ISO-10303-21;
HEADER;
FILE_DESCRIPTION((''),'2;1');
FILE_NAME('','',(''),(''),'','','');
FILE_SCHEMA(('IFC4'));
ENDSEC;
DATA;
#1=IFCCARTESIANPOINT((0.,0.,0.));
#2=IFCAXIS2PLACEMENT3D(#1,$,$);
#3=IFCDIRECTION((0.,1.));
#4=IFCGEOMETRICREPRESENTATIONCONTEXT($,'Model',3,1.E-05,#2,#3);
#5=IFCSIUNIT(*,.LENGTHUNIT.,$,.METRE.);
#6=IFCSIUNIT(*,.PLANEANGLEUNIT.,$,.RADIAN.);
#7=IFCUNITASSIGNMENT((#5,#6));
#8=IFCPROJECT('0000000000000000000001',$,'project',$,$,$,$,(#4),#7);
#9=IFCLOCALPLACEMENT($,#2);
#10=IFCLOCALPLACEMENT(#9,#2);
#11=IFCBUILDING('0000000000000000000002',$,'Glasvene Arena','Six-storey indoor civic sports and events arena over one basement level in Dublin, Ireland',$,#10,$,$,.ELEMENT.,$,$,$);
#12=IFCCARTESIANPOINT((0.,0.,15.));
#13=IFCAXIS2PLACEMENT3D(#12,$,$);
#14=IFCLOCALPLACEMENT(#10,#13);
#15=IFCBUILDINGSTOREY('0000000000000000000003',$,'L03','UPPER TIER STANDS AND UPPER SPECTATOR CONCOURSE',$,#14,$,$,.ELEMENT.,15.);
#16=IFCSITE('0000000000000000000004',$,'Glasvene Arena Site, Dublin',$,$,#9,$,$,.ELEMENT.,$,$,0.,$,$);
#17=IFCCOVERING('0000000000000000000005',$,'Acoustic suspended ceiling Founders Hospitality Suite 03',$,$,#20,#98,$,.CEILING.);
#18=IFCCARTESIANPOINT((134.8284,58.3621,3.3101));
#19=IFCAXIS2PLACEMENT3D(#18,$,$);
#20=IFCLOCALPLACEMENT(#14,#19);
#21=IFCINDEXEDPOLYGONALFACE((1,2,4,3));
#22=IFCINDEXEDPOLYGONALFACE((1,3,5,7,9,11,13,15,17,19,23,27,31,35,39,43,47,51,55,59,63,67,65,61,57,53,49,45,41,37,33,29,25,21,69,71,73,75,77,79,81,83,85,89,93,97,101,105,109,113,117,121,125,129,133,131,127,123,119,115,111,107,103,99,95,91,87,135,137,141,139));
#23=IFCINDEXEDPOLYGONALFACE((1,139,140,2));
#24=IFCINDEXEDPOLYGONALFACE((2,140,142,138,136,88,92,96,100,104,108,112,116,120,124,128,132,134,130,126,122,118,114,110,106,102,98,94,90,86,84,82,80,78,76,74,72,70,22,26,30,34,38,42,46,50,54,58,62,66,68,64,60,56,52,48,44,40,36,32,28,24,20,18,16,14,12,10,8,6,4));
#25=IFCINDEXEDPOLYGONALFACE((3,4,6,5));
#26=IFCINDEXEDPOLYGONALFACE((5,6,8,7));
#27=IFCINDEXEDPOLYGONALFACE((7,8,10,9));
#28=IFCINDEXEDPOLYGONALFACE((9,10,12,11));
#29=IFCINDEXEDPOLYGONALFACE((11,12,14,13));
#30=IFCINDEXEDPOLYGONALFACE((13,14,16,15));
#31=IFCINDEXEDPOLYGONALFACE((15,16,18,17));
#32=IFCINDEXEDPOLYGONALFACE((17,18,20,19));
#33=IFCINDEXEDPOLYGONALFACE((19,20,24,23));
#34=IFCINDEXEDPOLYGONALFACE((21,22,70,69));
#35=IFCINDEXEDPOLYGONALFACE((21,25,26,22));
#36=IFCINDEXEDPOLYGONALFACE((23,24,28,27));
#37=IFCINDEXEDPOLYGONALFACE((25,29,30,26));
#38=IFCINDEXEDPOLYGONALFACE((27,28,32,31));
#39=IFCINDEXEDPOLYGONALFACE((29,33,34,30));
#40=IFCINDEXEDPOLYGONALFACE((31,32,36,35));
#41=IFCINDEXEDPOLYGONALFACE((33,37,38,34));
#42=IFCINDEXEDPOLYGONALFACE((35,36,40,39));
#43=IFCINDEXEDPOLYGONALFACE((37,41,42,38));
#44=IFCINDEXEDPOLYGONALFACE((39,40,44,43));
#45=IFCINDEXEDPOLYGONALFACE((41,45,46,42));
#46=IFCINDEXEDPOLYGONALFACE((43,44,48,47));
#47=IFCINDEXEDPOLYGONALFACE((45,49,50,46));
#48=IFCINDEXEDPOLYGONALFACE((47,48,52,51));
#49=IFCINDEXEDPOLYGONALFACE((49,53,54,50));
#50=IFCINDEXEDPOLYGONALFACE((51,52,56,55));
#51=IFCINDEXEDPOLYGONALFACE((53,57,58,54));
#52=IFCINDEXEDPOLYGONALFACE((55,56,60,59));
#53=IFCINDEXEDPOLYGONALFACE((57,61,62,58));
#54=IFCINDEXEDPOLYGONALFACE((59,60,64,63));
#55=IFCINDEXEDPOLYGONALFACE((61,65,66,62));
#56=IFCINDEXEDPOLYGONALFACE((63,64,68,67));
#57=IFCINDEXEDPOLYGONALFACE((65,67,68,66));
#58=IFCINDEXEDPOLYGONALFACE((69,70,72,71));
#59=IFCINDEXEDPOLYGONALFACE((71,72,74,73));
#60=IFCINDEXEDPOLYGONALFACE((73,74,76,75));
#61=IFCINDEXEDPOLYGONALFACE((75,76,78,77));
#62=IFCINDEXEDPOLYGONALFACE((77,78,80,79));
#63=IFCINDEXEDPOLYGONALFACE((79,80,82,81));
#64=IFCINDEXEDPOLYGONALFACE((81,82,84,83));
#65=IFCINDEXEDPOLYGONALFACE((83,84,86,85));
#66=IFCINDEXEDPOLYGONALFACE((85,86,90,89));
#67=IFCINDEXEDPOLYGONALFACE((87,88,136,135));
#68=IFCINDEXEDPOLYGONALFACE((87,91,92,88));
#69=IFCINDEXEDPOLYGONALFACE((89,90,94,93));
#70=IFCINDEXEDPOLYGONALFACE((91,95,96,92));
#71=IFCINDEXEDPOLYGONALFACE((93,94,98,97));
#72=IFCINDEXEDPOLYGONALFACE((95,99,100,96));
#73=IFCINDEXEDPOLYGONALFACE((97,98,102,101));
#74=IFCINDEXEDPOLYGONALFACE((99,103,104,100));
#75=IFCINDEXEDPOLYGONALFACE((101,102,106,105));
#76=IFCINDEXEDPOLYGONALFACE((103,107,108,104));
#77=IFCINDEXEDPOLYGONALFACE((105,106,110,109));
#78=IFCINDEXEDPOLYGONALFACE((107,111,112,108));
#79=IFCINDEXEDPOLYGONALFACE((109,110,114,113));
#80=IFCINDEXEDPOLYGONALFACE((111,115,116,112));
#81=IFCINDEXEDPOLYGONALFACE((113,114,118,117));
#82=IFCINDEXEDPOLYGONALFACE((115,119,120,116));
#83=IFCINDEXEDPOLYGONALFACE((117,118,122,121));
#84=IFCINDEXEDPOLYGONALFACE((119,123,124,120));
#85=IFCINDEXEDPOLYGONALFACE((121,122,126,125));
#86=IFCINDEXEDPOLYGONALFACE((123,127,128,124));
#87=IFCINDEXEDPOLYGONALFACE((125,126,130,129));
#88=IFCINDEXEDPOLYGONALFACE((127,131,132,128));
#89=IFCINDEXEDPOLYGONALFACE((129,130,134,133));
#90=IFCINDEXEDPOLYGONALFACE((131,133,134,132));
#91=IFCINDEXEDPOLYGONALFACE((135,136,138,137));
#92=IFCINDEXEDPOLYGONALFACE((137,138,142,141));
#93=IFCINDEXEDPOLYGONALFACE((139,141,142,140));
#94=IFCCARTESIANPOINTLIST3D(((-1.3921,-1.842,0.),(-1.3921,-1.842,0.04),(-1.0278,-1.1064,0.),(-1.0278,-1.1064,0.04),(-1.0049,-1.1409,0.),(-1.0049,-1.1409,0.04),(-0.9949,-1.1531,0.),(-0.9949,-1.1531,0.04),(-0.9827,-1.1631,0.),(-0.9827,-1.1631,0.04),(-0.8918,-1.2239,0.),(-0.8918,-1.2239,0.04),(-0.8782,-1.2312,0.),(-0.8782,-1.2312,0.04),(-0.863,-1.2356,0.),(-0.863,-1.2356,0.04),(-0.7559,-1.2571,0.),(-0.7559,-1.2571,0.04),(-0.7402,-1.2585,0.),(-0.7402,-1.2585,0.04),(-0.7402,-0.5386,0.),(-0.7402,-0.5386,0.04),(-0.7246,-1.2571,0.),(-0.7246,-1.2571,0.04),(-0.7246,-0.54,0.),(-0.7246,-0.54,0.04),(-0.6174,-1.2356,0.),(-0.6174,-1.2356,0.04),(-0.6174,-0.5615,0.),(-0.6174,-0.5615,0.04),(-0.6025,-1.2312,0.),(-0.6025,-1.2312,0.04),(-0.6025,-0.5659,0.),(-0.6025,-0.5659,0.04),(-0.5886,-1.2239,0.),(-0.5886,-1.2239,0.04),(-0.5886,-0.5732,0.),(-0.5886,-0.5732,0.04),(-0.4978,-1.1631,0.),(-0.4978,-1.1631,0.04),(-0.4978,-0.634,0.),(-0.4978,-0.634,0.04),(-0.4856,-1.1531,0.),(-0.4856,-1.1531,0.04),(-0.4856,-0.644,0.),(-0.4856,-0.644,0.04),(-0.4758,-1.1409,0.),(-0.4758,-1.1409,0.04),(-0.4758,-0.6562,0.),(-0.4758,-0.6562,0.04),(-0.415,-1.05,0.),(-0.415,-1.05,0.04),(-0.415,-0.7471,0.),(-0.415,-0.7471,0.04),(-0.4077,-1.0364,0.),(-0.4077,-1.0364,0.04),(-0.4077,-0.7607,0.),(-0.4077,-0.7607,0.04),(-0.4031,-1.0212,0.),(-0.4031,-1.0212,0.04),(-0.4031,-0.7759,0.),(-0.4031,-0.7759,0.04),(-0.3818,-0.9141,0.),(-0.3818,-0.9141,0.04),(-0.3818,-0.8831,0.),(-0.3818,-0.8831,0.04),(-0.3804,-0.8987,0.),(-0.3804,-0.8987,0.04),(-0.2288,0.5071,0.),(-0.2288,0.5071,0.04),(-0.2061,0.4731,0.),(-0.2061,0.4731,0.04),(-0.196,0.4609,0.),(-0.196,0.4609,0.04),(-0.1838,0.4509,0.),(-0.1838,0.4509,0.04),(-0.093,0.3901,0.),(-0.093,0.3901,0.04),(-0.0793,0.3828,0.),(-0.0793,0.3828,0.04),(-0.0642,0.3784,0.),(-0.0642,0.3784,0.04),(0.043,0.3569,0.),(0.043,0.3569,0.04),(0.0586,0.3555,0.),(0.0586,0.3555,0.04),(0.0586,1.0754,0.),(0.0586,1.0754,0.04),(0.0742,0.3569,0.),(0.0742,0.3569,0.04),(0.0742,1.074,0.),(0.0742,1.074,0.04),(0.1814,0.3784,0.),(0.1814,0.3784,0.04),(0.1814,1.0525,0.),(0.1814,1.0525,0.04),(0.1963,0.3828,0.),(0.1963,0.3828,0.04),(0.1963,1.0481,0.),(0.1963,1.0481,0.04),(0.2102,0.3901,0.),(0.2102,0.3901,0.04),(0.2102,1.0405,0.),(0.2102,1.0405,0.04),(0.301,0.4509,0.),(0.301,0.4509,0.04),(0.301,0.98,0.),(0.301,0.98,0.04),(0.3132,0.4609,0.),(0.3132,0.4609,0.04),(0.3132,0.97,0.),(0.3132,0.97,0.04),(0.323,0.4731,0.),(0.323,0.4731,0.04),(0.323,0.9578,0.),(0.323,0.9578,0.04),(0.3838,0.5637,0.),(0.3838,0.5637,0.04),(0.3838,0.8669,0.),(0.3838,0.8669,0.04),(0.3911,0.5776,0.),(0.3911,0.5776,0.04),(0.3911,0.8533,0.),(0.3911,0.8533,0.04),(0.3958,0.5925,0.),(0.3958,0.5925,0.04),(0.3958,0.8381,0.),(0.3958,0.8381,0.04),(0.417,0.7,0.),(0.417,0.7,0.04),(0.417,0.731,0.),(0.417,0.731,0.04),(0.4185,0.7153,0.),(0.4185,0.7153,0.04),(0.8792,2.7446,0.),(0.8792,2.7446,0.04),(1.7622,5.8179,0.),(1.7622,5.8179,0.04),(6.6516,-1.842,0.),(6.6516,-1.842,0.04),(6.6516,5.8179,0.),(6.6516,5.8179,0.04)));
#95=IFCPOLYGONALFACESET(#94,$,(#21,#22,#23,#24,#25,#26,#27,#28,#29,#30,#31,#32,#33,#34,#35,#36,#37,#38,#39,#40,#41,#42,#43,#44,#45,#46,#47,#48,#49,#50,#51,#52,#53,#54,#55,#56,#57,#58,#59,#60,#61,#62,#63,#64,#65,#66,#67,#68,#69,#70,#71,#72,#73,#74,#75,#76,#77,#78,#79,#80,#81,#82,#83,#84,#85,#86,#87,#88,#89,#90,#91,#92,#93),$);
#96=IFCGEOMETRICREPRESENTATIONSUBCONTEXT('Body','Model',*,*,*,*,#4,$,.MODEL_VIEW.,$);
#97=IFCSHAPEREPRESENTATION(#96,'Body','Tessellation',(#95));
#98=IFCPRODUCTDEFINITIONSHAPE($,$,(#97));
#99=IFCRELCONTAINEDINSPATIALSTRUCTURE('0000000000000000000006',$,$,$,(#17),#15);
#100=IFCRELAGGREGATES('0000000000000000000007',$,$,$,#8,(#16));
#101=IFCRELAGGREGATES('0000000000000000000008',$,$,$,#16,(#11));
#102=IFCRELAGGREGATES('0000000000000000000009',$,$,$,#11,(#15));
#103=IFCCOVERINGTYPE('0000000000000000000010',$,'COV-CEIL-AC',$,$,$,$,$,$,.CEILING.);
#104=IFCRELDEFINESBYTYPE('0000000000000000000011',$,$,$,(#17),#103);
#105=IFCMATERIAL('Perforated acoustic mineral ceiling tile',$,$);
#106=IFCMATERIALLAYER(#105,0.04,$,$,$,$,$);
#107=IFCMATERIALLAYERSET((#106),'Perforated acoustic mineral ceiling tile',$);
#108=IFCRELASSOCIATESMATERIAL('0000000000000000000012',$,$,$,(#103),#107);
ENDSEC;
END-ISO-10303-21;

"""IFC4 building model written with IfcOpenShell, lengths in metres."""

from ifc_helpers import new_model, si_unit, direction, frame, origin, place, context, subcontext, project, spatial, polyline, outline, extrude, material, layer, layer_set, type_object, element, save


model = new_model("IFC4")

# Units and contexts
model_context = context("Model", 3, precision=1e-05, world=origin(), true_north=direction((0.0, 1.0)))
body_context = subcontext(model_context, "Body", "Model", "MODEL_VIEW")
ifc_project = project(units=[si_unit("LENGTHUNIT", "METRE"), si_unit("PLANEANGLEUNIT", "RADIAN")], contexts=[model_context])

# Site, building, storey
site_placement = place(None, origin())
site = spatial("IfcSite", under=ifc_project, at=site_placement, Name="Glasvene Arena Site, Dublin", CompositionType="ELEMENT", RefElevation=0.0)
building_placement = place(site_placement, origin())
building = spatial("IfcBuilding", under=site, at=building_placement, Name="Glasvene Arena", Description="Six-storey indoor civic sports and events arena over one basement level in Dublin, Ireland", CompositionType="ELEMENT")
storey_placement = place(building_placement, frame((0.0, 0.0, 15.0)))
storey = spatial("IfcBuildingStorey", under=building, at=storey_placement, Name="L03", Description="UPPER TIER STANDS AND UPPER SPECTATOR CONCOURSE", CompositionType="ELEMENT", Elevation=15.0)

# Covering
ifc_material_1 = material(Name="Perforated acoustic mineral ceiling tile")
ifc_layer_1 = layer(ifc_material_1, 0.04)
ifc_layer_set_1 = layer_set([ifc_layer_1], Name="Perforated acoustic mineral ceiling tile")
covering_type = type_object("IfcCoveringType", Name="COV-CEIL-AC", PredefinedType="CEILING", material=ifc_layer_set_1)
covering_placement = place(storey_placement, frame((134.8284, 58.3621, 3.3101)))
element("IfcCovering", 1, at=covering_placement, inside=storey, type_object=covering_type, Name="Acoustic suspended ceiling Founders Hospitality Suite 03", PredefinedType="CEILING", context=body_context, shape_type="SweptSolid", body=[
    extrude(outline(polyline([(6.6516, -1.842), (-1.3921, -1.842), (-1.0278, -1.1064), (-1.0049, -1.1409), (-0.9949, -1.1531), (-0.9827, -1.1631), (-0.8918, -1.2239), (-0.8782, -1.2312), (-0.863, -1.2356), (-0.7559, -1.2571), (-0.7402, -1.2585), (-0.7246, -1.2571), (-0.6174, -1.2356), (-0.6025, -1.2312), (-0.5886, -1.2239), (-0.4978, -1.1631), (-0.4856, -1.1531), (-0.4758, -1.1409), (-0.415, -1.05), (-0.4077, -1.0364), (-0.4031, -1.0212), (-0.3818, -0.9141), (-0.3804, -0.8987), (-0.3818, -0.8831), (-0.4031, -0.7759), (-0.4077, -0.7607), (-0.415, -0.7471), (-0.4758, -0.6562), (-0.4856, -0.644), (-0.4978, -0.634), (-0.5886, -0.5732), (-0.6025, -0.5659), (-0.6174, -0.5615), (-0.7246, -0.54), (-0.7402, -0.5386), (-0.2288, 0.5071), (-0.2061, 0.4731), (-0.196, 0.4609), (-0.1838, 0.4509), (-0.093, 0.3901), (-0.0793, 0.3828), (-0.0642, 0.3784), (0.043, 0.3569), (0.0586, 0.3555), (0.0742, 0.3569), (0.1814, 0.3784), (0.1963, 0.3828), (0.2102, 0.3901), (0.301, 0.4509), (0.3132, 0.4609), (0.323, 0.4731), (0.3838, 0.5637), (0.3911, 0.5776), (0.3958, 0.5925), (0.417, 0.7), (0.4185, 0.7153), (0.417, 0.731), (0.3958, 0.8381), (0.3911, 0.8533), (0.3838, 0.8669), (0.323, 0.9578), (0.3132, 0.97), (0.301, 0.98), (0.2102, 1.0405), (0.1963, 1.0481), (0.1814, 1.0525), (0.0742, 1.074), (0.0586, 1.0754), (0.8792, 2.7446), (1.7622, 5.8179), (6.6516, 5.8179), (6.6516, -1.842)])), origin(), (0.0, 0.0, 1.0), 0.04),
])

save(model, "model.ifc")
